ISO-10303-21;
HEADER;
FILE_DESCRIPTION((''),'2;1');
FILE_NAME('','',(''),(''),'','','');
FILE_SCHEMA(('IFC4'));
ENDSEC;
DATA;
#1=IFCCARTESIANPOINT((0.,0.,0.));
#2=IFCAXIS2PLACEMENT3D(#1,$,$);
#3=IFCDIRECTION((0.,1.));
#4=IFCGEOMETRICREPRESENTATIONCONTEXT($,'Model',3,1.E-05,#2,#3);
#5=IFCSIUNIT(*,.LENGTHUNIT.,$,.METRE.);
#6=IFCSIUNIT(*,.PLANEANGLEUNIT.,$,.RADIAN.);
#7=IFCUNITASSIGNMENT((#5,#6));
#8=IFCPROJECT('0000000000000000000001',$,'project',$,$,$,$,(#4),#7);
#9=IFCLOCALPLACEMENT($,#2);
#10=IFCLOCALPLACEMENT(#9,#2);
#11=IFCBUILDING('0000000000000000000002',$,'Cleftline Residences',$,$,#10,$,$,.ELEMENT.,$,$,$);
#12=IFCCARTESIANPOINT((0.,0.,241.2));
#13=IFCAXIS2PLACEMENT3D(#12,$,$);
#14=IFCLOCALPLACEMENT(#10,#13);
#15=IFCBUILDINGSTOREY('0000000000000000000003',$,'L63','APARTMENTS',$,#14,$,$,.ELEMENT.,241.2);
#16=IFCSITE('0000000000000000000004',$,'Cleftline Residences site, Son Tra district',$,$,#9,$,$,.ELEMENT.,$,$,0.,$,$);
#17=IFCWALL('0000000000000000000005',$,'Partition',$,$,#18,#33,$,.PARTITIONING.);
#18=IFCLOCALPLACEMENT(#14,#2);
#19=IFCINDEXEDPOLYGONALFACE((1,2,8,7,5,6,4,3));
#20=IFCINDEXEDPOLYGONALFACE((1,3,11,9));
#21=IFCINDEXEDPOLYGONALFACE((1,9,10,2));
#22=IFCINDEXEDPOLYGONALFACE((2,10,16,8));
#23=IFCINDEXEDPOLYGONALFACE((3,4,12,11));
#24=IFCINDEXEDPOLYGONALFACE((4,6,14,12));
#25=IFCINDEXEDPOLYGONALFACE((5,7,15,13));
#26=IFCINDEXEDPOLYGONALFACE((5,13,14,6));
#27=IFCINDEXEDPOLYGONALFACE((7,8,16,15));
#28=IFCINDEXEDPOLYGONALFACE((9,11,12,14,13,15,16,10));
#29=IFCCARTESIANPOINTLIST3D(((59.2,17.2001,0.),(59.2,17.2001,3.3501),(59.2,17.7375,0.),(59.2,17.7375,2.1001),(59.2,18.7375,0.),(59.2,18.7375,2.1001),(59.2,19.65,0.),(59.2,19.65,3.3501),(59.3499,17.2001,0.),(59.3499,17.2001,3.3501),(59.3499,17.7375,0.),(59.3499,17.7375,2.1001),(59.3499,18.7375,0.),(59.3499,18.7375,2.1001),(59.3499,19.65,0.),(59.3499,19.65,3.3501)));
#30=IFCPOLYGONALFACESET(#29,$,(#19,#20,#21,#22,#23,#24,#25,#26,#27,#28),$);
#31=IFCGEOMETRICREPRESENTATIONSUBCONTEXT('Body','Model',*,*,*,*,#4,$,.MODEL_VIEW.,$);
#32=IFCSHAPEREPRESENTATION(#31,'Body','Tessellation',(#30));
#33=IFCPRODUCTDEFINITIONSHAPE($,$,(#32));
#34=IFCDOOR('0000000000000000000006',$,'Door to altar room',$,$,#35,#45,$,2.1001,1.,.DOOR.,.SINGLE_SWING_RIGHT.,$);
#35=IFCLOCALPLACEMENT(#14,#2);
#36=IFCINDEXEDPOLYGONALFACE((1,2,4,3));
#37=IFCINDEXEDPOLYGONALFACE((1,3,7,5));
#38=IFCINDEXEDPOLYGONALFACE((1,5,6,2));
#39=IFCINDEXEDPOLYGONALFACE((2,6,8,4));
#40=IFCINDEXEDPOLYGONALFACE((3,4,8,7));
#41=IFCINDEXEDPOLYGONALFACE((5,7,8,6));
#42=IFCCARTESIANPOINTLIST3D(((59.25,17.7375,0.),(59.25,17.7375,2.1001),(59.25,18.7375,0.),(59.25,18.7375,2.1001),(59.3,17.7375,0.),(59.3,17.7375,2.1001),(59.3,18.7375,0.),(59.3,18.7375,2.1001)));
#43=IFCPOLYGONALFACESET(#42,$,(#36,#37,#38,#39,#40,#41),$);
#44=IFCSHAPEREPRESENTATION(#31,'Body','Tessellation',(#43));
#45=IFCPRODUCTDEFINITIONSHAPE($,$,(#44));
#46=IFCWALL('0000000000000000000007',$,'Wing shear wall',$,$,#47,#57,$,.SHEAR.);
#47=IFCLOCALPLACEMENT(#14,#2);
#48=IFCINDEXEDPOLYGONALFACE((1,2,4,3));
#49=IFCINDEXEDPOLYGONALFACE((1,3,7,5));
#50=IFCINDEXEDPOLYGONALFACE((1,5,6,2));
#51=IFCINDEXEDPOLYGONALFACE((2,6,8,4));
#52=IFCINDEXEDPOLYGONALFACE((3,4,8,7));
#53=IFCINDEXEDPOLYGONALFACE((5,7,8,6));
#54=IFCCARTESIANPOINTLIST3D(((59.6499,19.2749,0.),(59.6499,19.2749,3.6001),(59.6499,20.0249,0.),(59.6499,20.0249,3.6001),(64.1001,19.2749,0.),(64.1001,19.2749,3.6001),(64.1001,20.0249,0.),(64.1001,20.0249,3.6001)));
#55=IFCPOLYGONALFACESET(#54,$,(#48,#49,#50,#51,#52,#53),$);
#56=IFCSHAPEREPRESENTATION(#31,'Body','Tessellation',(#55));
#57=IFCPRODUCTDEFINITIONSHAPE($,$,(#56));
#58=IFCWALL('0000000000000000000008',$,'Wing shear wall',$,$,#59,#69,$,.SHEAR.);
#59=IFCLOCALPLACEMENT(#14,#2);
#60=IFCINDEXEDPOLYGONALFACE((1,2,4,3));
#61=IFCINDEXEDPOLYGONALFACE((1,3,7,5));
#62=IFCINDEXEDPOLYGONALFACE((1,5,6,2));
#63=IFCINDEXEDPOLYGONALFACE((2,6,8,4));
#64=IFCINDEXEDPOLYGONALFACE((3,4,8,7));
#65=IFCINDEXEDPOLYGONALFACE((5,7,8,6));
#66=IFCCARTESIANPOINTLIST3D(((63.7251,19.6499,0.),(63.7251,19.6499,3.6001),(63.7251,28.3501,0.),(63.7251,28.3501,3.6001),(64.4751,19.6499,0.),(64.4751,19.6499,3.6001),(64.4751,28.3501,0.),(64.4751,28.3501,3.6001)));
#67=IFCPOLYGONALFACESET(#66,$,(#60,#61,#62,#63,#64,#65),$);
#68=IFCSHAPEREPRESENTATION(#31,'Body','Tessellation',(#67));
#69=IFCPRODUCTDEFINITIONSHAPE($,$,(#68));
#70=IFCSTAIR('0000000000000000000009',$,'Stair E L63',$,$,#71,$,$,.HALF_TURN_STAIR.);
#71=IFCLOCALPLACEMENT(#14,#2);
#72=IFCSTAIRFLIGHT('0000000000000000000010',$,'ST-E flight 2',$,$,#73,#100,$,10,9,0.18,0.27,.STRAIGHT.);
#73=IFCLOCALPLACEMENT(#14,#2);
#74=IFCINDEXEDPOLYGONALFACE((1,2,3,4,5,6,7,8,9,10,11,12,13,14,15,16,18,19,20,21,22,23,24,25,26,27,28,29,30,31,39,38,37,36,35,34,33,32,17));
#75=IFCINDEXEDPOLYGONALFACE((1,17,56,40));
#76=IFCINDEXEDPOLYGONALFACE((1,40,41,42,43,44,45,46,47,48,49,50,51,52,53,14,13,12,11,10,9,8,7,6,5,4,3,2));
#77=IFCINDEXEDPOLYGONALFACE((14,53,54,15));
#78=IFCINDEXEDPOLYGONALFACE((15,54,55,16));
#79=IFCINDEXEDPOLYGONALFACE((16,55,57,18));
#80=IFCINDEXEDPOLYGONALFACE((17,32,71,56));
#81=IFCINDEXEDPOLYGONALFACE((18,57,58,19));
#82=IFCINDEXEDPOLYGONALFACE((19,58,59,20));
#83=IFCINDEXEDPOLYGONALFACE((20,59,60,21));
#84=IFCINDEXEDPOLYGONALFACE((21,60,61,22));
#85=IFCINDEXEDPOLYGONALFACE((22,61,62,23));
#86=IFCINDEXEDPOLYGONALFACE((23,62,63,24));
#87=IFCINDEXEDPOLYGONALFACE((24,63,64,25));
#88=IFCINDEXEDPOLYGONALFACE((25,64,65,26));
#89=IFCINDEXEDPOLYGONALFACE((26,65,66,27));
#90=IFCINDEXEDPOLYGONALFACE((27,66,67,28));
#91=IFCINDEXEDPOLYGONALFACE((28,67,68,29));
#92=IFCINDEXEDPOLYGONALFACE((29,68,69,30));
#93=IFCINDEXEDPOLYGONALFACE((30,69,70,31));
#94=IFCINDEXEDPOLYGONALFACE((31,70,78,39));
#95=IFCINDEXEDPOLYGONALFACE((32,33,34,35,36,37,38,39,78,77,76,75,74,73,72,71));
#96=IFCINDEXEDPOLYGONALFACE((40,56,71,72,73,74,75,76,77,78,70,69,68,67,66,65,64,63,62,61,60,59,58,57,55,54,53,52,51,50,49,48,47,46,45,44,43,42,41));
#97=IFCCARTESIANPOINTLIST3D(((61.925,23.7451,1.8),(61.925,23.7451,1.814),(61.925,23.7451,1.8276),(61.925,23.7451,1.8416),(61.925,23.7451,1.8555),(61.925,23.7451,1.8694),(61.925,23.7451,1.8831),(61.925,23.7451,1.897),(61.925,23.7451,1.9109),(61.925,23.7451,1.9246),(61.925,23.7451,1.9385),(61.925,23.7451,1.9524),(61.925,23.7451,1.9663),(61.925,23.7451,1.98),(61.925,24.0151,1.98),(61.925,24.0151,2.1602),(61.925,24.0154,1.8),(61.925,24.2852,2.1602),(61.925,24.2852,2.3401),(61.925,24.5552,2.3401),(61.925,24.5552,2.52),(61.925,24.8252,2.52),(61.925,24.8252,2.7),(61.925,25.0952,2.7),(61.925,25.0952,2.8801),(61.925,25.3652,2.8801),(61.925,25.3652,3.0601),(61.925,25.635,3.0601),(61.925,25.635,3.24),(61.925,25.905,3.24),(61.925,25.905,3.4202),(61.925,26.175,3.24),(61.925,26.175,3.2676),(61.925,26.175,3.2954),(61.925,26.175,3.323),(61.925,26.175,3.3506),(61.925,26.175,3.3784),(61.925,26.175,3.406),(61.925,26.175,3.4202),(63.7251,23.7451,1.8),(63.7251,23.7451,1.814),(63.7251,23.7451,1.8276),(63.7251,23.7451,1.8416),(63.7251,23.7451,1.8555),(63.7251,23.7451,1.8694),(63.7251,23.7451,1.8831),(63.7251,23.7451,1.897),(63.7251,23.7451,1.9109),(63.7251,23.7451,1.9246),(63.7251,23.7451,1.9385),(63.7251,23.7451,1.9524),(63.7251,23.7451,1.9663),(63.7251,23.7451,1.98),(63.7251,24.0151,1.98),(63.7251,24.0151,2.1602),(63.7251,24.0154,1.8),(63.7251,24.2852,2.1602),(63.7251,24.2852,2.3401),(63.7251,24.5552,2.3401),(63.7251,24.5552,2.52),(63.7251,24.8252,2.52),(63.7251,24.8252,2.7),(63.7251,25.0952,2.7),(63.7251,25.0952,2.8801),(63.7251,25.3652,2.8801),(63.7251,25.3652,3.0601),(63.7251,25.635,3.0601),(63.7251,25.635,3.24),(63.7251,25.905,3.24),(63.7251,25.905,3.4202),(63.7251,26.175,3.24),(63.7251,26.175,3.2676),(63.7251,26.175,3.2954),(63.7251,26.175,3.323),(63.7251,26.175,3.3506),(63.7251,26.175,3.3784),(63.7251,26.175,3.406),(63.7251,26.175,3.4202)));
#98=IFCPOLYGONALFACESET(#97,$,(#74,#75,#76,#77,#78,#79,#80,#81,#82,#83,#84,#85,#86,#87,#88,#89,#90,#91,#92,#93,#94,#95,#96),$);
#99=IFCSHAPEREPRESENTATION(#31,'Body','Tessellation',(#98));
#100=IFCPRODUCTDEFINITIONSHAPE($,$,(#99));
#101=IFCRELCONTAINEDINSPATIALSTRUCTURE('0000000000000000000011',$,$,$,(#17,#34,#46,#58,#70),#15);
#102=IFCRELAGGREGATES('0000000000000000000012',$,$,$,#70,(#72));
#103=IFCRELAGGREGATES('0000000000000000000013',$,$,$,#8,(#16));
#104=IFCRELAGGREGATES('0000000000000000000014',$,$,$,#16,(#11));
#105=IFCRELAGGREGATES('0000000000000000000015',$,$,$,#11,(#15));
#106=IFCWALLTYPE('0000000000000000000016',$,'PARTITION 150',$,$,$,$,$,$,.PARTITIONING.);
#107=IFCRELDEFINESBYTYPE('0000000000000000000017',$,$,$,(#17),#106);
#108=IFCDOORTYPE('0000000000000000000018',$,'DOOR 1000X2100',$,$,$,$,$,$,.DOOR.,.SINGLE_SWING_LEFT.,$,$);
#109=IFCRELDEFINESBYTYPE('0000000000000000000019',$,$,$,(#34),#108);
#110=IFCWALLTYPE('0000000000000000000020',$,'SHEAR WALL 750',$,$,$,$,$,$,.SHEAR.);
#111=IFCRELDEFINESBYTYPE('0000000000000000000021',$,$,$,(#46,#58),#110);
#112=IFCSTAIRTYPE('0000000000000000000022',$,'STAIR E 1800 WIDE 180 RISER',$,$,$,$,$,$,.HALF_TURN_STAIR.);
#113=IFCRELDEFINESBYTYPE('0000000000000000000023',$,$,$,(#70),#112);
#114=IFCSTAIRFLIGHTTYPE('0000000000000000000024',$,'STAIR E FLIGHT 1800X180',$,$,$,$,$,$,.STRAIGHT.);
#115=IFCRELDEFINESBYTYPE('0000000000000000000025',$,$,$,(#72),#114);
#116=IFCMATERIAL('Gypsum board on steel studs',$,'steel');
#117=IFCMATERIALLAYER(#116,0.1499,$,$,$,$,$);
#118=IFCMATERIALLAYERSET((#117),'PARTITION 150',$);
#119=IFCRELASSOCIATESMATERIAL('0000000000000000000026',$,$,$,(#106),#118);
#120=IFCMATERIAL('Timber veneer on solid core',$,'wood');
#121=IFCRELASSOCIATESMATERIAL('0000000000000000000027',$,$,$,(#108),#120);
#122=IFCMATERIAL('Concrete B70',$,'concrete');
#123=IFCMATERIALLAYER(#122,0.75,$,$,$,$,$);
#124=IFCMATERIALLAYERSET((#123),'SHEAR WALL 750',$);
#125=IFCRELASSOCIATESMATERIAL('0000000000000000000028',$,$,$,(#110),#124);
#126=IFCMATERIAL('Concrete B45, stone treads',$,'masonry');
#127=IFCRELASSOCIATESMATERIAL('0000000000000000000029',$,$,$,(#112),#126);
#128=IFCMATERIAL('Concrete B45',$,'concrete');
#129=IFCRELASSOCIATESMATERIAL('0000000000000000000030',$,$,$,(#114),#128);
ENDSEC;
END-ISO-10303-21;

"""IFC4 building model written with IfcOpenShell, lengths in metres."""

from ifc_helpers import new_model, si_unit, direction, frame, frame_2d, origin, place, context, subcontext, project, spatial, polyline, rectangle, outline, extrude, material, layer, layer_set, type_object, element, fill, aggregate, save


model = new_model("IFC4")

# Units and contexts
model_context = context("Model", 3, precision=1e-05, world=origin(), true_north=direction((0.0, 1.0)))
body_context = subcontext(model_context, "Body", "Model", "MODEL_VIEW")
ifc_project = project(units=[si_unit("LENGTHUNIT", "METRE"), si_unit("PLANEANGLEUNIT", "RADIAN")], contexts=[model_context])

# Site, building, storey
site_placement = place(None, origin())
site = spatial("IfcSite", under=ifc_project, at=site_placement, Name="Cleftline Residences site, Son Tra district", CompositionType="ELEMENT", RefElevation=0.0)
building_placement = place(site_placement, origin())
building = spatial("IfcBuilding", under=site, at=building_placement, Name="Cleftline Residences", CompositionType="ELEMENT")
storey_placement = place(building_placement, frame((0.0, 0.0, 241.2)))
storey = spatial("IfcBuildingStorey", under=building, at=storey_placement, Name="L63", Description="APARTMENTS", CompositionType="ELEMENT", Elevation=241.2)

# Shared definitions
ifc_material_1 = material(Name="Gypsum board on steel studs", Category="steel")
ifc_layer_1 = layer(ifc_material_1, 0.1499)
ifc_layer_set_1 = layer_set([ifc_layer_1], Name="PARTITION 150")
wall_type_1 = type_object("IfcWallType", Name="PARTITION 150", PredefinedType="PARTITIONING", material=ifc_layer_set_1)

# Shared definitions
ifc_material_2 = material(Name="Timber veneer on solid core", Category="wood")
door_type_1 = type_object("IfcDoorType", Name="DOOR 1000X2100", OperationType="SINGLE_SWING_LEFT", PredefinedType="DOOR", material=ifc_material_2)

# Wall, opening, door
wall_1_placement = place(storey_placement, frame((59.2749, 17.2, 0.0), z_axis=(0.0, 0.0, 1.0), x_axis=(0.0, 1.0, 0.0)))
wall_1 = element("IfcWall", 1, at=wall_1_placement, inside=storey, type_object=wall_type_1, Name="Partition", PredefinedType="PARTITIONING", context=body_context, shape_type="SweptSolid", body=[
    extrude(rectangle(XDim=2.45, YDim=0.1499, at=frame_2d((1.2251, 0.0))), origin(), (0.0, 0.0, 1.0), 3.3501),
])
opening_1_placement = place(wall_1_placement, frame((0.5376, 0.0, 0.0)))
opening_1 = element("IfcOpeningElement", 2, at=opening_1_placement, cuts=wall_1, PredefinedType="OPENING", context=body_context, shape_type="SweptSolid", body=[
    extrude(rectangle(XDim=1.0, YDim=2.1001, at=frame_2d((0.5, 1.05))), frame((0.0, 0.085, 0.0), z_axis=(0.0, -1.0, 0.0), x_axis=(1.0, 0.0, 0.0)), (0.0, 0.0, 1.0), 0.1699),
])
door_1_placement = place(opening_1_placement, origin())
door_1 = element("IfcDoor", 3, at=door_1_placement, inside=storey, type_object=door_type_1, Name="Door to altar room", OperationType="SINGLE_SWING_RIGHT", OverallHeight=2.1001, OverallWidth=1.0, PredefinedType="DOOR", context=body_context, shape_type="SweptSolid", body=[
    extrude(rectangle(XDim=1.0, YDim=2.1001, at=frame_2d((0.5, 1.05))), frame((0.0, 0.0249, 0.0), z_axis=(0.0, -1.0, 0.0), x_axis=(1.0, 0.0, 0.0)), (0.0, 0.0, 1.0), 0.05),
])
fill(opening_1, door_1)

# Walls
ifc_material_3 = material(Name="Concrete B70", Category="concrete")
ifc_layer_2 = layer(ifc_material_3, 0.75)
ifc_layer_set_2 = layer_set([ifc_layer_2], Name="SHEAR WALL 750")
wall_type_2 = type_object("IfcWallType", Name="SHEAR WALL 750", PredefinedType="SHEAR", material=ifc_layer_set_2)
wall_2_placement = place(storey_placement, frame((59.6499, 19.6499, 0.0), z_axis=(0.0, 0.0, 1.0), x_axis=(1.0, 0.0, 0.0)))
element("IfcWall", 4, at=wall_2_placement, inside=storey, type_object=wall_type_2, Name="Wing shear wall", PredefinedType="SHEAR", context=body_context, shape_type="SweptSolid", body=[
    extrude(rectangle(XDim=4.4502, YDim=0.75, at=frame_2d((2.2251, 0.0))), origin(), (0.0, 0.0, 1.0), 3.6001),
])
wall_3_placement = place(storey_placement, frame((64.1001, 19.6499, 0.0), z_axis=(0.0, 0.0, 1.0), x_axis=(0.0, 1.0, 0.0)))
element("IfcWall", 5, at=wall_3_placement, inside=storey, type_object=wall_type_2, Name="Wing shear wall", PredefinedType="SHEAR", context=body_context, shape_type="SweptSolid", body=[
    extrude(rectangle(XDim=8.7002, YDim=0.75, at=frame_2d((4.3501, 0.0))), origin(), (0.0, 0.0, 1.0), 3.6001),
])

# Stair, stair flight
ifc_material_4 = material(Name="Concrete B45, stone treads", Category="masonry")
stair_type = type_object("IfcStairType", Name="STAIR E 1800 WIDE 180 RISER", PredefinedType="HALF_TURN_STAIR", material=ifc_material_4)
stair_placement = place(storey_placement, origin())
stair = element("IfcStair", 6, at=stair_placement, inside=storey, type_object=stair_type, Name="Stair E L63", PredefinedType="HALF_TURN_STAIR")
ifc_material_5 = material(Name="Concrete B45", Category="concrete")
stair_flight_type = type_object("IfcStairFlightType", Name="STAIR E FLIGHT 1800X180", PredefinedType="STRAIGHT", material=ifc_material_5)
stair_flight_placement = place(storey_placement, frame((62.825, 23.7451, 1.8), z_axis=(0.0, 0.0, 1.0), x_axis=(0.0, 1.0, 0.0)))
stair_flight = element("IfcStairFlight", 7, at=stair_flight_placement, type_object=stair_flight_type, Name="ST-E flight 2", NumberOfRisers=10, NumberOfTreads=9, PredefinedType="STRAIGHT", RiserHeight=0.18, TreadLength=0.27, context=body_context, shape_type="SweptSolid", body=[
    extrude(outline(polyline([(0.0, 0.0), (0.0, 0.0139), (0.0, 0.0276), (0.0, 0.0415), (0.0, 0.0554), (0.0, 0.0693), (0.0, 0.083), (0.0, 0.0969), (0.0, 0.1108), (0.0, 0.1245), (0.0, 0.1384), (0.0, 0.1523), (0.0, 0.1663), (0.0, 0.1799), (0.27, 0.1799), (0.27, 0.3601), (0.54, 0.3601), (0.54, 0.54), (0.8101, 0.54), (0.8101, 0.72), (1.0801, 0.72), (1.0801, 0.8999), (1.3501, 0.8999), (1.3501, 1.0801), (1.6201, 1.0801), (1.6201, 1.26), (1.8899, 1.26), (1.8899, 1.4399), (2.1599, 1.4399), (2.1599, 1.6201), (2.4299, 1.6201), (2.4299, 1.8), (2.4299, 1.7722), (2.4299, 1.7446), (2.4299, 1.7168), (2.4299, 1.6892), (2.4299, 1.6614), (2.4299, 1.6338), (2.4299, 1.606), (2.4299, 1.5784), (2.4299, 1.5505), (2.4299, 1.5229), (2.4299, 1.4954), (2.4299, 1.4675), (2.4299, 1.4399), (0.2703, 0.0), (0.0, 0.0)])), frame((0.0, 0.8999, 0.0), z_axis=(0.0, -1.0, 0.0), x_axis=(1.0, 0.0, 0.0)), (0.0, 0.0, 1.0), 1.8),
])
aggregate(stair, [stair_flight])

save(model, "model.ifc")
